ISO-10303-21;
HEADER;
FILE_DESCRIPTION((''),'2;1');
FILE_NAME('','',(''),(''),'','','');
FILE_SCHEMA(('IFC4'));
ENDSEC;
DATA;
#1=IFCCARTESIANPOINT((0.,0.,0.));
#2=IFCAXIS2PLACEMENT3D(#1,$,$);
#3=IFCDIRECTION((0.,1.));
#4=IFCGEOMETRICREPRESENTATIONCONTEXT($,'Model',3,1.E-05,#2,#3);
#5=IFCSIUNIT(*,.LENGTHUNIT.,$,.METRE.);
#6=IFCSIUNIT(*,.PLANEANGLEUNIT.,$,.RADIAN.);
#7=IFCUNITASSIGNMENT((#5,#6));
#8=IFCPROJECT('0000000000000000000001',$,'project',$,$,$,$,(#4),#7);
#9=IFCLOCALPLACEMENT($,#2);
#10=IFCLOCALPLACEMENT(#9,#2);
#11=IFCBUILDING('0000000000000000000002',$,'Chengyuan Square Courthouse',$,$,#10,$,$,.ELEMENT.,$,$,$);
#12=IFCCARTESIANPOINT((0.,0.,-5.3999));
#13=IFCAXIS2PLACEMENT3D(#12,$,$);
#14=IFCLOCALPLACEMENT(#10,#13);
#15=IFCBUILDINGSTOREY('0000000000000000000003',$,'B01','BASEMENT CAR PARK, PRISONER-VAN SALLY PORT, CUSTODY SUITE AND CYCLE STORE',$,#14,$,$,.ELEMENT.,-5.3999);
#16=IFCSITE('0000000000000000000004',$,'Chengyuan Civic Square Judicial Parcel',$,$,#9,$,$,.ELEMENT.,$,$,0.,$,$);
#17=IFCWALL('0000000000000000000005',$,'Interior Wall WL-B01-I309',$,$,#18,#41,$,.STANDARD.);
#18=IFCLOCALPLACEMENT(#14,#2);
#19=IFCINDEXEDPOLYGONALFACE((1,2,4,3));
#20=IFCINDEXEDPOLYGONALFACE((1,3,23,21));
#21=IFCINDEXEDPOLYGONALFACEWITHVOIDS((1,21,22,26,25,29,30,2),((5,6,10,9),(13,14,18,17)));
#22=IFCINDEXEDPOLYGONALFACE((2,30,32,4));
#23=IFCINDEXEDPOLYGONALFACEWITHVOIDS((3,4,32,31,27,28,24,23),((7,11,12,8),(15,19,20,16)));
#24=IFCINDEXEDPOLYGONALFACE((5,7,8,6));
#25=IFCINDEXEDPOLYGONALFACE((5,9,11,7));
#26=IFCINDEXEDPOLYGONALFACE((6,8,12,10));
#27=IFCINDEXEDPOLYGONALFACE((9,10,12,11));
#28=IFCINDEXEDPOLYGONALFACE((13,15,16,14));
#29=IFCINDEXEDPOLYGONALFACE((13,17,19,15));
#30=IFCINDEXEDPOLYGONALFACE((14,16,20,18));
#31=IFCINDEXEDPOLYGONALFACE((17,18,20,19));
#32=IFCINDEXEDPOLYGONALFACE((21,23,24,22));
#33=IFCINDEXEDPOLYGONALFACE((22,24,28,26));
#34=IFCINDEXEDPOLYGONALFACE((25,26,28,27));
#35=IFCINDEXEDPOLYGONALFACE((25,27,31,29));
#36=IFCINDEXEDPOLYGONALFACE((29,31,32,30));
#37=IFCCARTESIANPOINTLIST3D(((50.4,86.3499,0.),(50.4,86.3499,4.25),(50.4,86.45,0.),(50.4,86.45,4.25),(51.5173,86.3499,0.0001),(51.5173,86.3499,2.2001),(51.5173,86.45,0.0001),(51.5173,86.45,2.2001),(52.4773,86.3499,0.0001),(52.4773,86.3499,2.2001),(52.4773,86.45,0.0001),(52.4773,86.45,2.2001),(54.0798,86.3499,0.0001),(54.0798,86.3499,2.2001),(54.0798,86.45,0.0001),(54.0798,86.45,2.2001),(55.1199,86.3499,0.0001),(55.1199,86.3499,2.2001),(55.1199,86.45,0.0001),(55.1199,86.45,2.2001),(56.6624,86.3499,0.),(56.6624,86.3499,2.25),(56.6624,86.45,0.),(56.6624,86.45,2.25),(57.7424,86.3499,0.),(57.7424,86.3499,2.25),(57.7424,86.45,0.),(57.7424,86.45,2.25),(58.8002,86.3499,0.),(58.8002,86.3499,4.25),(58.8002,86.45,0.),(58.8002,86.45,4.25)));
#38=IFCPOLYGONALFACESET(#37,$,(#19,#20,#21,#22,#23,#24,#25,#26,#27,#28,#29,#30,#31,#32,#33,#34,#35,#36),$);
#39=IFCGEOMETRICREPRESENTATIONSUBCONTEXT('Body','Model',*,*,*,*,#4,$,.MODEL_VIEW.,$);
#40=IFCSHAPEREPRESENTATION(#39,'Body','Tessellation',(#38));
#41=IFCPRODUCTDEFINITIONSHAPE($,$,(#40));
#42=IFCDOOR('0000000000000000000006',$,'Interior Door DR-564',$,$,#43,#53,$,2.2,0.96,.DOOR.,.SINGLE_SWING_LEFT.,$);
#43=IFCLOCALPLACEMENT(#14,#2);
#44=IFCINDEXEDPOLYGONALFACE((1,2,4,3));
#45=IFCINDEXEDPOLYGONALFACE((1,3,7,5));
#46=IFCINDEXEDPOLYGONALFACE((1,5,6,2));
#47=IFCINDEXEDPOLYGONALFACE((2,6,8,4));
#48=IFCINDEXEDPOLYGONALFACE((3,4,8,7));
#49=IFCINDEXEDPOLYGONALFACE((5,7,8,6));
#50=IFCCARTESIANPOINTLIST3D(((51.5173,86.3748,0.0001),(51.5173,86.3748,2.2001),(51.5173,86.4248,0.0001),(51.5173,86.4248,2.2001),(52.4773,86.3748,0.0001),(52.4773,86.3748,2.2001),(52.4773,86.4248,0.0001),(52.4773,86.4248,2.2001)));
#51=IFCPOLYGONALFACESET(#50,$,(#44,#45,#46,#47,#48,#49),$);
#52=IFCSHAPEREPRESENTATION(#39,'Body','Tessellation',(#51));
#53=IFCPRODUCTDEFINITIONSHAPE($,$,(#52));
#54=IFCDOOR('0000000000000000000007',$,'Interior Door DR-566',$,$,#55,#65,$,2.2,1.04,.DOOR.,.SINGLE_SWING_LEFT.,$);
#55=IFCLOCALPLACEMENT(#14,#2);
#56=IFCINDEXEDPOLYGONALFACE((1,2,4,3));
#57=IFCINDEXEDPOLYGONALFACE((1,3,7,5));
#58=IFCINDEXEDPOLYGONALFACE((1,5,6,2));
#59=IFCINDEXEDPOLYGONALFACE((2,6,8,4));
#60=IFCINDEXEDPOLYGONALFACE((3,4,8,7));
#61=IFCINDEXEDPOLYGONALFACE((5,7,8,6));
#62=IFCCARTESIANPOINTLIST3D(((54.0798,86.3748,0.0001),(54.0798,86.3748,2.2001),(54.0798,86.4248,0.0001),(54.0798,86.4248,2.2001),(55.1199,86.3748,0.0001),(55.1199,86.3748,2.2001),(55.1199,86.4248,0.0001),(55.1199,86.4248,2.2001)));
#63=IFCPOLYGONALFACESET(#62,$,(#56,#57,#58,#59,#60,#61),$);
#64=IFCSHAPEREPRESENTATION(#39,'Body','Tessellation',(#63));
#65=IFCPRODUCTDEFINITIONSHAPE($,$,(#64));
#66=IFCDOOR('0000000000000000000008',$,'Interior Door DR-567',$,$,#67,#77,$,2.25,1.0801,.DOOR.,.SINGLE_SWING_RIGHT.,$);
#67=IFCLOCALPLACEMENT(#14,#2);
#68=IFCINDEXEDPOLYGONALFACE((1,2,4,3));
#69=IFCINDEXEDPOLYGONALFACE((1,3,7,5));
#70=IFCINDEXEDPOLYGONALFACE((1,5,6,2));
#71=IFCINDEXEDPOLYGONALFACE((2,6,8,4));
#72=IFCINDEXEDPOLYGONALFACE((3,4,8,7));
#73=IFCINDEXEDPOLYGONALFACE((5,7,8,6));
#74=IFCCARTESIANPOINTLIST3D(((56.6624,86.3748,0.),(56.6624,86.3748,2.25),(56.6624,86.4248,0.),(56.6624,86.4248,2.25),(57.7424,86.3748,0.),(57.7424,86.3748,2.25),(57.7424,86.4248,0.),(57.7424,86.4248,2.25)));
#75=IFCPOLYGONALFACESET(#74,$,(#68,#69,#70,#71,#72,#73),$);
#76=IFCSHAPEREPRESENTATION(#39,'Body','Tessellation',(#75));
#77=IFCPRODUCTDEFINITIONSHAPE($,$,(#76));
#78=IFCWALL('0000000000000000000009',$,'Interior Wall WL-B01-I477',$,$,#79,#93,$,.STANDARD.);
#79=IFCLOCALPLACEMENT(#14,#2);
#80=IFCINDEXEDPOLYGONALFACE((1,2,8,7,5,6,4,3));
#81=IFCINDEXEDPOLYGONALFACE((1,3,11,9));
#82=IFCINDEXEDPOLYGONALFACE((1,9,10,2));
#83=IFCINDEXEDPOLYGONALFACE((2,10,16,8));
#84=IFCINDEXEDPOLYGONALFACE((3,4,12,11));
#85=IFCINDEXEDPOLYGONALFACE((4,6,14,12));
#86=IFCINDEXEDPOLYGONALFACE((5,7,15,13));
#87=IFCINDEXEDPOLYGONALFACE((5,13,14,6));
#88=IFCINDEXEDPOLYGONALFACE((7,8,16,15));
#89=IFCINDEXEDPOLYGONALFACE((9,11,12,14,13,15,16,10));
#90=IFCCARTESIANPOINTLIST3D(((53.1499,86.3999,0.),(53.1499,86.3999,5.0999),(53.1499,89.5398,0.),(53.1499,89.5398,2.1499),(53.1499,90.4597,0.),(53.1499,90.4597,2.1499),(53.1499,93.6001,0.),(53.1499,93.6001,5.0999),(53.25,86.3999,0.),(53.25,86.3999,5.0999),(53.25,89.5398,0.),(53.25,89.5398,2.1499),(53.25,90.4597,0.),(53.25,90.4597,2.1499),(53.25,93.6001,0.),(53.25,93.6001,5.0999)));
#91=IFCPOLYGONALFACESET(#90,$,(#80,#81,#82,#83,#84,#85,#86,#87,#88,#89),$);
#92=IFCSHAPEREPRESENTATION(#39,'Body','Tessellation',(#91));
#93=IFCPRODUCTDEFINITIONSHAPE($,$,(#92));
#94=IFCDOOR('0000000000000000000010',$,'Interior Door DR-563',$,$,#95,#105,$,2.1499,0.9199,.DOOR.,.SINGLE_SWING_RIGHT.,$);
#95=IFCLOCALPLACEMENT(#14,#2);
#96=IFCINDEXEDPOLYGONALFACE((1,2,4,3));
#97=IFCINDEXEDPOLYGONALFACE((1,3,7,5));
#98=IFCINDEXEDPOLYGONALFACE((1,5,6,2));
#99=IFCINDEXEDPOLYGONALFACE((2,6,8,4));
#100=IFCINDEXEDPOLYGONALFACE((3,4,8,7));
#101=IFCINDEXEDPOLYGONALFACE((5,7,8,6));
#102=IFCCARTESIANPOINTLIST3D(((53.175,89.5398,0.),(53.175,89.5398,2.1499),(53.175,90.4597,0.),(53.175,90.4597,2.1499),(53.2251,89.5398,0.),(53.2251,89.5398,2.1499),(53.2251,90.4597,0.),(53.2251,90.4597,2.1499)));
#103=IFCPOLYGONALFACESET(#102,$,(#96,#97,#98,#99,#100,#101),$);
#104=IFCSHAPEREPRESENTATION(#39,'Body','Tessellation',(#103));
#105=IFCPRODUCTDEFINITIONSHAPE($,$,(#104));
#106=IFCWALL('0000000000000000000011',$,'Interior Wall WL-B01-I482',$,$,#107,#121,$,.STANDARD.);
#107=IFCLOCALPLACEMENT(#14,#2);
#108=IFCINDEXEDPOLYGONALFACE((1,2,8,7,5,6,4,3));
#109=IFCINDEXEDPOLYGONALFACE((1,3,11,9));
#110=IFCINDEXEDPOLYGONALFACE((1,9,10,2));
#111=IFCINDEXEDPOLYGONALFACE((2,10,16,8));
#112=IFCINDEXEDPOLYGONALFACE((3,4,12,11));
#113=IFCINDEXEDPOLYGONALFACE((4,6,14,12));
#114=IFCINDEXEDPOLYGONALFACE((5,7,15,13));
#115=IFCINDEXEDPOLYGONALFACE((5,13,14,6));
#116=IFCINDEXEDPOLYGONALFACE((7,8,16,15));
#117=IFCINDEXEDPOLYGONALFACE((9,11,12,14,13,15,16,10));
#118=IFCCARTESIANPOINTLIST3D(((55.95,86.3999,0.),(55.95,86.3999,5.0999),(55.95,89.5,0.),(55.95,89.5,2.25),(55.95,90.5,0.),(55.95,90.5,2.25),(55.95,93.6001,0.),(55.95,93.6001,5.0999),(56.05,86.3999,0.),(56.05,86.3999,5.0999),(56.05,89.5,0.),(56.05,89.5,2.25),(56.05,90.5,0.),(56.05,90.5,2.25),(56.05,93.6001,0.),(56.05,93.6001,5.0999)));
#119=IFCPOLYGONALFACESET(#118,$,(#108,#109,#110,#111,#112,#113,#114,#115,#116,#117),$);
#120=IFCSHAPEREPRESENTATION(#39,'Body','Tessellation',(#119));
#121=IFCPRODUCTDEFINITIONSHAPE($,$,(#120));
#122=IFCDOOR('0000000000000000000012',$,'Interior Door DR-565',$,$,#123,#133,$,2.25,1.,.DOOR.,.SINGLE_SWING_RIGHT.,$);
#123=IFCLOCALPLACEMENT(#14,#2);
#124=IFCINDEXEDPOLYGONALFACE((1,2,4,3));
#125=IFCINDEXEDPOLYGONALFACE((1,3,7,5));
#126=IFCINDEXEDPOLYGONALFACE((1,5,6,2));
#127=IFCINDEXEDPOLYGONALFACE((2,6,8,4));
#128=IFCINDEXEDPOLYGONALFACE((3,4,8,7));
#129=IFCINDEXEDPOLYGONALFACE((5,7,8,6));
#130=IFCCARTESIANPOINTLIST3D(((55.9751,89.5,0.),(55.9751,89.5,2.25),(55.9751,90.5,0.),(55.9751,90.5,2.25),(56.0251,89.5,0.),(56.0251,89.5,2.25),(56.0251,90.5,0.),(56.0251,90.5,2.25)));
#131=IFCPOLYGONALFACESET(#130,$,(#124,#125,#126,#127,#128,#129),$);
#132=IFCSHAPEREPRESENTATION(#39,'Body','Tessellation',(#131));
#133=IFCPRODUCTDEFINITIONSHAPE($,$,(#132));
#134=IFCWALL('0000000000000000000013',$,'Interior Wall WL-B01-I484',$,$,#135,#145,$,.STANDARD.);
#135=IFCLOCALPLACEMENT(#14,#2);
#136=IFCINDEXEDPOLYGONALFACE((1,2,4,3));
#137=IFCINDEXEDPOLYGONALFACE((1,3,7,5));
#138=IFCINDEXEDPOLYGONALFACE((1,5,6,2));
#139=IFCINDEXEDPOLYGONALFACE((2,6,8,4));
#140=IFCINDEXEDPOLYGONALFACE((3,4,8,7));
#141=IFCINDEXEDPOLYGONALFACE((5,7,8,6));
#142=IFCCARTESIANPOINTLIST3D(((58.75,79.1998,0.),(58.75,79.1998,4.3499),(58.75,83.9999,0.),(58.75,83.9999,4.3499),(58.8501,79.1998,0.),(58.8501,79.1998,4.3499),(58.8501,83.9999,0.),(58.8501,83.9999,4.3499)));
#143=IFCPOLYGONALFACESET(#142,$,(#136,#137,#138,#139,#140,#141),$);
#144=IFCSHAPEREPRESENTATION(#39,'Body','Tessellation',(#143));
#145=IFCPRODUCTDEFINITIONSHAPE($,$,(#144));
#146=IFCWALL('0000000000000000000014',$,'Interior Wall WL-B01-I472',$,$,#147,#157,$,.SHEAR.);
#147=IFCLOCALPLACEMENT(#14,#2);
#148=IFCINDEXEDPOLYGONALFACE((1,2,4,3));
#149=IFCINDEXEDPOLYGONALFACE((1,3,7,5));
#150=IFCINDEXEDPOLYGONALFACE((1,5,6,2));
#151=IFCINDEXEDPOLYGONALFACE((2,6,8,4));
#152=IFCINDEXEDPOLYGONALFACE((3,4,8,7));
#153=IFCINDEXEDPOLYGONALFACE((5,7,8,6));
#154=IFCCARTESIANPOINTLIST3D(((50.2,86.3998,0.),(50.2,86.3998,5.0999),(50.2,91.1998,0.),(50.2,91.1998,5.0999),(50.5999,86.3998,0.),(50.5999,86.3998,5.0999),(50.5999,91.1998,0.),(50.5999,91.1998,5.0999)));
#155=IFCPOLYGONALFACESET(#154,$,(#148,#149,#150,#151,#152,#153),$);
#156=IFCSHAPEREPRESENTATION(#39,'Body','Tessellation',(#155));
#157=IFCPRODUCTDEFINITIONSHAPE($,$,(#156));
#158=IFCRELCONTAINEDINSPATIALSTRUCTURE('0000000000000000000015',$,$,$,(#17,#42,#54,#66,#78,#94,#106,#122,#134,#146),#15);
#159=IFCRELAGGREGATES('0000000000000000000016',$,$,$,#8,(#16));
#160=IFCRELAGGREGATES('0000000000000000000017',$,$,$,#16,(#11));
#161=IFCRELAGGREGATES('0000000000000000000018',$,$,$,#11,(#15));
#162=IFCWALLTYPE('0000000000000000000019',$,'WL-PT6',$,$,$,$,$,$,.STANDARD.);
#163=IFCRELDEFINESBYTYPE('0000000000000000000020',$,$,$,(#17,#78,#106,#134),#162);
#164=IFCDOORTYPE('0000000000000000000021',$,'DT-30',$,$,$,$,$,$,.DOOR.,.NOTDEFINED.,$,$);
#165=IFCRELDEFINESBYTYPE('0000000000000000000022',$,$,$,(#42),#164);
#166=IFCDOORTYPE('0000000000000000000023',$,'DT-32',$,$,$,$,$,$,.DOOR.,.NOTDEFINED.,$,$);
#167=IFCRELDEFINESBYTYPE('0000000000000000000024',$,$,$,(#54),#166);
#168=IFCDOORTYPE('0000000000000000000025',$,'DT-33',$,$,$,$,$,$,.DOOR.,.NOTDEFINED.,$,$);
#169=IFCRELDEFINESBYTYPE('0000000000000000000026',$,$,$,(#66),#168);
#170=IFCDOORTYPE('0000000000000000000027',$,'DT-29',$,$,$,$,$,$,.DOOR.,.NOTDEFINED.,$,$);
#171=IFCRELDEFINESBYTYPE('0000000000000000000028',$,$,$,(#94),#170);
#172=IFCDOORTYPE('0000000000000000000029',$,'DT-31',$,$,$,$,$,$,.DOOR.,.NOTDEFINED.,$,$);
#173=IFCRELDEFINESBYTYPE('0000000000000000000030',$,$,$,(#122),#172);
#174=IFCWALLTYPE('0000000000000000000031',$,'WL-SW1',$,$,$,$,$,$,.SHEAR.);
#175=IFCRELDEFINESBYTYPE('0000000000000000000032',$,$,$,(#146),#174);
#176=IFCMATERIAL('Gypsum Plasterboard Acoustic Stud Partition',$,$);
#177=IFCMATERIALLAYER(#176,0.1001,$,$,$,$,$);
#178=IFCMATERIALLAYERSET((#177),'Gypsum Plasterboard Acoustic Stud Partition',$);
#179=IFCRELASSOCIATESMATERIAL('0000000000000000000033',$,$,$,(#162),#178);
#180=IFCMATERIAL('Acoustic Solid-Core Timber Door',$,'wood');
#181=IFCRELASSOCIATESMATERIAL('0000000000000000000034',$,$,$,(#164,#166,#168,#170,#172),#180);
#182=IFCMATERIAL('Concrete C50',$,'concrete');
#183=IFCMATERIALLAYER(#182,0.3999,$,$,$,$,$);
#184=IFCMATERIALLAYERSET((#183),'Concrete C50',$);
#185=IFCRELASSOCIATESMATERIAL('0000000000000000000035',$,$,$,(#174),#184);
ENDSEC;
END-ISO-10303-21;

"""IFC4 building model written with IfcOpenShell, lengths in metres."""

from ifc_helpers import new_model, si_unit, direction, frame, frame_2d, origin, place, context, subcontext, project, spatial, rectangle, extrude, material, layer, layer_set, type_object, element, fill, save


model = new_model("IFC4")

# Units and contexts
model_context = context("Model", 3, precision=1e-05, world=origin(), true_north=direction((0.0, 1.0)))
body_context = subcontext(model_context, "Body", "Model", "MODEL_VIEW")
ifc_project = project(units=[si_unit("LENGTHUNIT", "METRE"), si_unit("PLANEANGLEUNIT", "RADIAN")], contexts=[model_context])

# Site, building, storey
site_placement = place(None, origin())
site = spatial("IfcSite", under=ifc_project, at=site_placement, Name="Chengyuan Civic Square Judicial Parcel", CompositionType="ELEMENT", RefElevation=0.0)
building_placement = place(site_placement, origin())
building = spatial("IfcBuilding", under=site, at=building_placement, Name="Chengyuan Square Courthouse", CompositionType="ELEMENT")
storey_placement = place(building_placement, frame((0.0, 0.0, -5.3999)))
storey = spatial("IfcBuildingStorey", under=building, at=storey_placement, Name="B01", Description="BASEMENT CAR PARK, PRISONER-VAN SALLY PORT, CUSTODY SUITE AND CYCLE STORE", CompositionType="ELEMENT", Elevation=-5.3999)

# Shared definitions
ifc_material_1 = material(Name="Concrete C50", Category="concrete")

# Shared definitions
ifc_material_2 = material(Name="Gypsum Plasterboard Acoustic Stud Partition")
ifc_layer_1 = layer(ifc_material_2, 0.1001)
ifc_layer_set_1 = layer_set([ifc_layer_1], Name="Gypsum Plasterboard Acoustic Stud Partition")
wall_type_1 = type_object("IfcWallType", Name="WL-PT6", PredefinedType="STANDARD", material=ifc_layer_set_1)
ifc_material_3 = material(Name="Acoustic Solid-Core Timber Door", Category="wood")

# Wall, openings, doors
wall_1_placement = place(storey_placement, frame((50.3999, 86.3999, 0.0), z_axis=(0.0, 0.0, 1.0), x_axis=(1.0, 0.0, 0.0)))
wall_1 = element("IfcWall", 1, at=wall_1_placement, inside=storey, type_object=wall_type_1, Name="Interior Wall WL-B01-I309", PredefinedType="STANDARD", context=body_context, shape_type="SweptSolid", body=[
    extrude(rectangle(XDim=8.4001, YDim=0.1001, at=frame_2d((4.2002, 0.0))), origin(), (0.0, 0.0, 1.0), 4.25),
])
opening_1_placement = place(wall_1_placement, frame((1.1174, 0.0, 0.0)))
opening_1 = element("IfcOpeningElement", 2, at=opening_1_placement, cuts=wall_1, PredefinedType="OPENING", context=body_context, shape_type="SweptSolid", body=[
    extrude(rectangle(XDim=0.96, YDim=2.2, at=frame_2d((0.48, 1.1001))), frame((0.0, 0.062, 0.0), z_axis=(0.0, -1.0, 0.0), x_axis=(1.0, 0.0, 0.0)), (0.0, 0.0, 1.0), 0.124),
])
opening_2_placement = place(wall_1_placement, frame((3.6799, 0.0, 0.0)))
opening_2 = element("IfcOpeningElement", 3, at=opening_2_placement, cuts=wall_1, PredefinedType="OPENING", context=body_context, shape_type="SweptSolid", body=[
    extrude(rectangle(XDim=1.04, YDim=2.2, at=frame_2d((0.52, 1.1001))), frame((0.0, 0.062, 0.0), z_axis=(0.0, -1.0, 0.0), x_axis=(1.0, 0.0, 0.0)), (0.0, 0.0, 1.0), 0.124),
])
opening_3_placement = place(wall_1_placement, frame((6.2625, 0.0, 0.0)))
opening_3 = element("IfcOpeningElement", 4, at=opening_3_placement, cuts=wall_1, PredefinedType="OPENING", context=body_context, shape_type="SweptSolid", body=[
    extrude(rectangle(XDim=1.0801, YDim=2.25, at=frame_2d((0.54, 1.125))), frame((0.0, 0.062, 0.0), z_axis=(0.0, -1.0, 0.0), x_axis=(1.0, 0.0, 0.0)), (0.0, 0.0, 1.0), 0.124),
])
door_type_1 = type_object("IfcDoorType", Name="DT-30", OperationType="NOTDEFINED", PredefinedType="DOOR", material=ifc_material_3)
door_1_placement = place(opening_1_placement, origin())
door_1 = element("IfcDoor", 5, at=door_1_placement, inside=storey, type_object=door_type_1, Name="Interior Door DR-564", OperationType="SINGLE_SWING_LEFT", OverallHeight=2.2, OverallWidth=0.96, PredefinedType="DOOR", context=body_context, shape_type="SweptSolid", body=[
    extrude(rectangle(XDim=0.96, YDim=2.2, at=frame_2d((0.48, 1.1001))), frame((0.0, 0.0249, 0.0), z_axis=(0.0, -1.0, 0.0), x_axis=(1.0, 0.0, 0.0)), (0.0, 0.0, 1.0), 0.05),
])
fill(opening_1, door_1)
door_type_2 = type_object("IfcDoorType", Name="DT-32", OperationType="NOTDEFINED", PredefinedType="DOOR", material=ifc_material_3)
door_2_placement = place(opening_2_placement, origin())
door_2 = element("IfcDoor", 6, at=door_2_placement, inside=storey, type_object=door_type_2, Name="Interior Door DR-566", OperationType="SINGLE_SWING_LEFT", OverallHeight=2.2, OverallWidth=1.04, PredefinedType="DOOR", context=body_context, shape_type="SweptSolid", body=[
    extrude(rectangle(XDim=1.04, YDim=2.2, at=frame_2d((0.52, 1.1001))), frame((0.0, 0.0249, 0.0), z_axis=(0.0, -1.0, 0.0), x_axis=(1.0, 0.0, 0.0)), (0.0, 0.0, 1.0), 0.05),
])
fill(opening_2, door_2)
door_type_3 = type_object("IfcDoorType", Name="DT-33", OperationType="NOTDEFINED", PredefinedType="DOOR", material=ifc_material_3)
door_3_placement = place(opening_3_placement, origin())
door_3 = element("IfcDoor", 7, at=door_3_placement, inside=storey, type_object=door_type_3, Name="Interior Door DR-567", OperationType="SINGLE_SWING_RIGHT", OverallHeight=2.25, OverallWidth=1.0801, PredefinedType="DOOR", context=body_context, shape_type="SweptSolid", body=[
    extrude(rectangle(XDim=1.0801, YDim=2.25, at=frame_2d((0.54, 1.125))), frame((0.0, 0.0249, 0.0), z_axis=(0.0, -1.0, 0.0), x_axis=(1.0, 0.0, 0.0)), (0.0, 0.0, 1.0), 0.05),
])
fill(opening_3, door_3)

# Walls, openings, doors
wall_2_placement = place(storey_placement, frame((53.2, 86.3999, 0.0), z_axis=(0.0, 0.0, 1.0), x_axis=(0.0, 1.0, 0.0)))
wall_2 = element("IfcWall", 8, at=wall_2_placement, inside=storey, type_object=wall_type_1, Name="Interior Wall WL-B01-I477", PredefinedType="STANDARD", context=body_context, shape_type="SweptSolid", body=[
    extrude(rectangle(XDim=7.2002, YDim=0.1001, at=frame_2d((3.6001, 0.0))), origin(), (0.0, 0.0, 1.0), 5.0999),
])
opening_4_placement = place(wall_2_placement, frame((3.1399, 0.0, 0.0)))
opening_4 = element("IfcOpeningElement", 9, at=opening_4_placement, cuts=wall_2, PredefinedType="OPENING", context=body_context, shape_type="SweptSolid", body=[
    extrude(rectangle(XDim=0.9199, YDim=2.1499, at=frame_2d((0.46, 1.075))), frame((0.0, 0.062, 0.0), z_axis=(0.0, -1.0, 0.0), x_axis=(1.0, 0.0, 0.0)), (0.0, 0.0, 1.0), 0.124),
])
door_type_4 = type_object("IfcDoorType", Name="DT-29", OperationType="NOTDEFINED", PredefinedType="DOOR", material=ifc_material_3)
door_4_placement = place(opening_4_placement, origin())
door_4 = element("IfcDoor", 10, at=door_4_placement, inside=storey, type_object=door_type_4, Name="Interior Door DR-563", OperationType="SINGLE_SWING_RIGHT", OverallHeight=2.1499, OverallWidth=0.9199, PredefinedType="DOOR", context=body_context, shape_type="SweptSolid", body=[
    extrude(rectangle(XDim=0.9199, YDim=2.1499, at=frame_2d((0.46, 1.075))), frame((0.0, 0.0249, 0.0), z_axis=(0.0, -1.0, 0.0), x_axis=(1.0, 0.0, 0.0)), (0.0, 0.0, 1.0), 0.05),
])
fill(opening_4, door_4)
wall_3_placement = place(storey_placement, frame((56.0, 86.3999, 0.0), z_axis=(0.0, 0.0, 1.0), x_axis=(0.0, 1.0, 0.0)))
wall_3 = element("IfcWall", 11, at=wall_3_placement, inside=storey, type_object=wall_type_1, Name="Interior Wall WL-B01-I482", PredefinedType="STANDARD", context=body_context, shape_type="SweptSolid", body=[
    extrude(rectangle(XDim=7.2002, YDim=0.1001, at=frame_2d((3.6001, 0.0))), origin(), (0.0, 0.0, 1.0), 5.0999),
])
opening_5_placement = place(wall_3_placement, frame((3.1001, 0.0, 0.0)))
opening_5 = element("IfcOpeningElement", 12, at=opening_5_placement, cuts=wall_3, PredefinedType="OPENING", context=body_context, shape_type="SweptSolid", body=[
    extrude(rectangle(XDim=1.0, YDim=2.25, at=frame_2d((0.5, 1.125))), frame((0.0, 0.062, 0.0), z_axis=(0.0, -1.0, 0.0), x_axis=(1.0, 0.0, 0.0)), (0.0, 0.0, 1.0), 0.124),
])
door_type_5 = type_object("IfcDoorType", Name="DT-31", OperationType="NOTDEFINED", PredefinedType="DOOR", material=ifc_material_3)
door_5_placement = place(opening_5_placement, origin())
door_5 = element("IfcDoor", 13, at=door_5_placement, inside=storey, type_object=door_type_5, Name="Interior Door DR-565", OperationType="SINGLE_SWING_RIGHT", OverallHeight=2.25, OverallWidth=1.0, PredefinedType="DOOR", context=body_context, shape_type="SweptSolid", body=[
    extrude(rectangle(XDim=1.0, YDim=2.25, at=frame_2d((0.5, 1.125))), frame((0.0, 0.0249, 0.0), z_axis=(0.0, -1.0, 0.0), x_axis=(1.0, 0.0, 0.0)), (0.0, 0.0, 1.0), 0.05),
])
fill(opening_5, door_5)

# Walls
wall_4_placement = place(storey_placement, frame((58.8, 79.2, 0.0), z_axis=(0.0, 0.0, 1.0), x_axis=(0.0, 1.0, 0.0)))
element("IfcWall", 14, at=wall_4_placement, inside=storey, type_object=wall_type_1, Name="Interior Wall WL-B01-I484", PredefinedType="STANDARD", context=body_context, shape_type="SweptSolid", body=[
    extrude(rectangle(XDim=4.8, YDim=0.1001, at=frame_2d((2.3999, 0.0))), origin(), (0.0, 0.0, 1.0), 4.3499),
])
ifc_layer_2 = layer(ifc_material_1, 0.3999)
ifc_layer_set_2 = layer_set([ifc_layer_2], Name="Concrete C50")
wall_type_2 = type_object("IfcWallType", Name="WL-SW1", PredefinedType="SHEAR", material=ifc_layer_set_2)
wall_5_placement = place(storey_placement, frame((50.3999, 86.3999, 0.0), z_axis=(0.0, 0.0, 1.0), x_axis=(0.0, 1.0, 0.0)))
element("IfcWall", 15, at=wall_5_placement, inside=storey, type_object=wall_type_2, Name="Interior Wall WL-B01-I472", PredefinedType="SHEAR", context=body_context, shape_type="SweptSolid", body=[
    extrude(rectangle(XDim=4.8, YDim=0.3999, at=frame_2d((2.3999, 0.0))), origin(), (0.0, 0.0, 1.0), 5.0999),
])

save(model, "model.ifc")
